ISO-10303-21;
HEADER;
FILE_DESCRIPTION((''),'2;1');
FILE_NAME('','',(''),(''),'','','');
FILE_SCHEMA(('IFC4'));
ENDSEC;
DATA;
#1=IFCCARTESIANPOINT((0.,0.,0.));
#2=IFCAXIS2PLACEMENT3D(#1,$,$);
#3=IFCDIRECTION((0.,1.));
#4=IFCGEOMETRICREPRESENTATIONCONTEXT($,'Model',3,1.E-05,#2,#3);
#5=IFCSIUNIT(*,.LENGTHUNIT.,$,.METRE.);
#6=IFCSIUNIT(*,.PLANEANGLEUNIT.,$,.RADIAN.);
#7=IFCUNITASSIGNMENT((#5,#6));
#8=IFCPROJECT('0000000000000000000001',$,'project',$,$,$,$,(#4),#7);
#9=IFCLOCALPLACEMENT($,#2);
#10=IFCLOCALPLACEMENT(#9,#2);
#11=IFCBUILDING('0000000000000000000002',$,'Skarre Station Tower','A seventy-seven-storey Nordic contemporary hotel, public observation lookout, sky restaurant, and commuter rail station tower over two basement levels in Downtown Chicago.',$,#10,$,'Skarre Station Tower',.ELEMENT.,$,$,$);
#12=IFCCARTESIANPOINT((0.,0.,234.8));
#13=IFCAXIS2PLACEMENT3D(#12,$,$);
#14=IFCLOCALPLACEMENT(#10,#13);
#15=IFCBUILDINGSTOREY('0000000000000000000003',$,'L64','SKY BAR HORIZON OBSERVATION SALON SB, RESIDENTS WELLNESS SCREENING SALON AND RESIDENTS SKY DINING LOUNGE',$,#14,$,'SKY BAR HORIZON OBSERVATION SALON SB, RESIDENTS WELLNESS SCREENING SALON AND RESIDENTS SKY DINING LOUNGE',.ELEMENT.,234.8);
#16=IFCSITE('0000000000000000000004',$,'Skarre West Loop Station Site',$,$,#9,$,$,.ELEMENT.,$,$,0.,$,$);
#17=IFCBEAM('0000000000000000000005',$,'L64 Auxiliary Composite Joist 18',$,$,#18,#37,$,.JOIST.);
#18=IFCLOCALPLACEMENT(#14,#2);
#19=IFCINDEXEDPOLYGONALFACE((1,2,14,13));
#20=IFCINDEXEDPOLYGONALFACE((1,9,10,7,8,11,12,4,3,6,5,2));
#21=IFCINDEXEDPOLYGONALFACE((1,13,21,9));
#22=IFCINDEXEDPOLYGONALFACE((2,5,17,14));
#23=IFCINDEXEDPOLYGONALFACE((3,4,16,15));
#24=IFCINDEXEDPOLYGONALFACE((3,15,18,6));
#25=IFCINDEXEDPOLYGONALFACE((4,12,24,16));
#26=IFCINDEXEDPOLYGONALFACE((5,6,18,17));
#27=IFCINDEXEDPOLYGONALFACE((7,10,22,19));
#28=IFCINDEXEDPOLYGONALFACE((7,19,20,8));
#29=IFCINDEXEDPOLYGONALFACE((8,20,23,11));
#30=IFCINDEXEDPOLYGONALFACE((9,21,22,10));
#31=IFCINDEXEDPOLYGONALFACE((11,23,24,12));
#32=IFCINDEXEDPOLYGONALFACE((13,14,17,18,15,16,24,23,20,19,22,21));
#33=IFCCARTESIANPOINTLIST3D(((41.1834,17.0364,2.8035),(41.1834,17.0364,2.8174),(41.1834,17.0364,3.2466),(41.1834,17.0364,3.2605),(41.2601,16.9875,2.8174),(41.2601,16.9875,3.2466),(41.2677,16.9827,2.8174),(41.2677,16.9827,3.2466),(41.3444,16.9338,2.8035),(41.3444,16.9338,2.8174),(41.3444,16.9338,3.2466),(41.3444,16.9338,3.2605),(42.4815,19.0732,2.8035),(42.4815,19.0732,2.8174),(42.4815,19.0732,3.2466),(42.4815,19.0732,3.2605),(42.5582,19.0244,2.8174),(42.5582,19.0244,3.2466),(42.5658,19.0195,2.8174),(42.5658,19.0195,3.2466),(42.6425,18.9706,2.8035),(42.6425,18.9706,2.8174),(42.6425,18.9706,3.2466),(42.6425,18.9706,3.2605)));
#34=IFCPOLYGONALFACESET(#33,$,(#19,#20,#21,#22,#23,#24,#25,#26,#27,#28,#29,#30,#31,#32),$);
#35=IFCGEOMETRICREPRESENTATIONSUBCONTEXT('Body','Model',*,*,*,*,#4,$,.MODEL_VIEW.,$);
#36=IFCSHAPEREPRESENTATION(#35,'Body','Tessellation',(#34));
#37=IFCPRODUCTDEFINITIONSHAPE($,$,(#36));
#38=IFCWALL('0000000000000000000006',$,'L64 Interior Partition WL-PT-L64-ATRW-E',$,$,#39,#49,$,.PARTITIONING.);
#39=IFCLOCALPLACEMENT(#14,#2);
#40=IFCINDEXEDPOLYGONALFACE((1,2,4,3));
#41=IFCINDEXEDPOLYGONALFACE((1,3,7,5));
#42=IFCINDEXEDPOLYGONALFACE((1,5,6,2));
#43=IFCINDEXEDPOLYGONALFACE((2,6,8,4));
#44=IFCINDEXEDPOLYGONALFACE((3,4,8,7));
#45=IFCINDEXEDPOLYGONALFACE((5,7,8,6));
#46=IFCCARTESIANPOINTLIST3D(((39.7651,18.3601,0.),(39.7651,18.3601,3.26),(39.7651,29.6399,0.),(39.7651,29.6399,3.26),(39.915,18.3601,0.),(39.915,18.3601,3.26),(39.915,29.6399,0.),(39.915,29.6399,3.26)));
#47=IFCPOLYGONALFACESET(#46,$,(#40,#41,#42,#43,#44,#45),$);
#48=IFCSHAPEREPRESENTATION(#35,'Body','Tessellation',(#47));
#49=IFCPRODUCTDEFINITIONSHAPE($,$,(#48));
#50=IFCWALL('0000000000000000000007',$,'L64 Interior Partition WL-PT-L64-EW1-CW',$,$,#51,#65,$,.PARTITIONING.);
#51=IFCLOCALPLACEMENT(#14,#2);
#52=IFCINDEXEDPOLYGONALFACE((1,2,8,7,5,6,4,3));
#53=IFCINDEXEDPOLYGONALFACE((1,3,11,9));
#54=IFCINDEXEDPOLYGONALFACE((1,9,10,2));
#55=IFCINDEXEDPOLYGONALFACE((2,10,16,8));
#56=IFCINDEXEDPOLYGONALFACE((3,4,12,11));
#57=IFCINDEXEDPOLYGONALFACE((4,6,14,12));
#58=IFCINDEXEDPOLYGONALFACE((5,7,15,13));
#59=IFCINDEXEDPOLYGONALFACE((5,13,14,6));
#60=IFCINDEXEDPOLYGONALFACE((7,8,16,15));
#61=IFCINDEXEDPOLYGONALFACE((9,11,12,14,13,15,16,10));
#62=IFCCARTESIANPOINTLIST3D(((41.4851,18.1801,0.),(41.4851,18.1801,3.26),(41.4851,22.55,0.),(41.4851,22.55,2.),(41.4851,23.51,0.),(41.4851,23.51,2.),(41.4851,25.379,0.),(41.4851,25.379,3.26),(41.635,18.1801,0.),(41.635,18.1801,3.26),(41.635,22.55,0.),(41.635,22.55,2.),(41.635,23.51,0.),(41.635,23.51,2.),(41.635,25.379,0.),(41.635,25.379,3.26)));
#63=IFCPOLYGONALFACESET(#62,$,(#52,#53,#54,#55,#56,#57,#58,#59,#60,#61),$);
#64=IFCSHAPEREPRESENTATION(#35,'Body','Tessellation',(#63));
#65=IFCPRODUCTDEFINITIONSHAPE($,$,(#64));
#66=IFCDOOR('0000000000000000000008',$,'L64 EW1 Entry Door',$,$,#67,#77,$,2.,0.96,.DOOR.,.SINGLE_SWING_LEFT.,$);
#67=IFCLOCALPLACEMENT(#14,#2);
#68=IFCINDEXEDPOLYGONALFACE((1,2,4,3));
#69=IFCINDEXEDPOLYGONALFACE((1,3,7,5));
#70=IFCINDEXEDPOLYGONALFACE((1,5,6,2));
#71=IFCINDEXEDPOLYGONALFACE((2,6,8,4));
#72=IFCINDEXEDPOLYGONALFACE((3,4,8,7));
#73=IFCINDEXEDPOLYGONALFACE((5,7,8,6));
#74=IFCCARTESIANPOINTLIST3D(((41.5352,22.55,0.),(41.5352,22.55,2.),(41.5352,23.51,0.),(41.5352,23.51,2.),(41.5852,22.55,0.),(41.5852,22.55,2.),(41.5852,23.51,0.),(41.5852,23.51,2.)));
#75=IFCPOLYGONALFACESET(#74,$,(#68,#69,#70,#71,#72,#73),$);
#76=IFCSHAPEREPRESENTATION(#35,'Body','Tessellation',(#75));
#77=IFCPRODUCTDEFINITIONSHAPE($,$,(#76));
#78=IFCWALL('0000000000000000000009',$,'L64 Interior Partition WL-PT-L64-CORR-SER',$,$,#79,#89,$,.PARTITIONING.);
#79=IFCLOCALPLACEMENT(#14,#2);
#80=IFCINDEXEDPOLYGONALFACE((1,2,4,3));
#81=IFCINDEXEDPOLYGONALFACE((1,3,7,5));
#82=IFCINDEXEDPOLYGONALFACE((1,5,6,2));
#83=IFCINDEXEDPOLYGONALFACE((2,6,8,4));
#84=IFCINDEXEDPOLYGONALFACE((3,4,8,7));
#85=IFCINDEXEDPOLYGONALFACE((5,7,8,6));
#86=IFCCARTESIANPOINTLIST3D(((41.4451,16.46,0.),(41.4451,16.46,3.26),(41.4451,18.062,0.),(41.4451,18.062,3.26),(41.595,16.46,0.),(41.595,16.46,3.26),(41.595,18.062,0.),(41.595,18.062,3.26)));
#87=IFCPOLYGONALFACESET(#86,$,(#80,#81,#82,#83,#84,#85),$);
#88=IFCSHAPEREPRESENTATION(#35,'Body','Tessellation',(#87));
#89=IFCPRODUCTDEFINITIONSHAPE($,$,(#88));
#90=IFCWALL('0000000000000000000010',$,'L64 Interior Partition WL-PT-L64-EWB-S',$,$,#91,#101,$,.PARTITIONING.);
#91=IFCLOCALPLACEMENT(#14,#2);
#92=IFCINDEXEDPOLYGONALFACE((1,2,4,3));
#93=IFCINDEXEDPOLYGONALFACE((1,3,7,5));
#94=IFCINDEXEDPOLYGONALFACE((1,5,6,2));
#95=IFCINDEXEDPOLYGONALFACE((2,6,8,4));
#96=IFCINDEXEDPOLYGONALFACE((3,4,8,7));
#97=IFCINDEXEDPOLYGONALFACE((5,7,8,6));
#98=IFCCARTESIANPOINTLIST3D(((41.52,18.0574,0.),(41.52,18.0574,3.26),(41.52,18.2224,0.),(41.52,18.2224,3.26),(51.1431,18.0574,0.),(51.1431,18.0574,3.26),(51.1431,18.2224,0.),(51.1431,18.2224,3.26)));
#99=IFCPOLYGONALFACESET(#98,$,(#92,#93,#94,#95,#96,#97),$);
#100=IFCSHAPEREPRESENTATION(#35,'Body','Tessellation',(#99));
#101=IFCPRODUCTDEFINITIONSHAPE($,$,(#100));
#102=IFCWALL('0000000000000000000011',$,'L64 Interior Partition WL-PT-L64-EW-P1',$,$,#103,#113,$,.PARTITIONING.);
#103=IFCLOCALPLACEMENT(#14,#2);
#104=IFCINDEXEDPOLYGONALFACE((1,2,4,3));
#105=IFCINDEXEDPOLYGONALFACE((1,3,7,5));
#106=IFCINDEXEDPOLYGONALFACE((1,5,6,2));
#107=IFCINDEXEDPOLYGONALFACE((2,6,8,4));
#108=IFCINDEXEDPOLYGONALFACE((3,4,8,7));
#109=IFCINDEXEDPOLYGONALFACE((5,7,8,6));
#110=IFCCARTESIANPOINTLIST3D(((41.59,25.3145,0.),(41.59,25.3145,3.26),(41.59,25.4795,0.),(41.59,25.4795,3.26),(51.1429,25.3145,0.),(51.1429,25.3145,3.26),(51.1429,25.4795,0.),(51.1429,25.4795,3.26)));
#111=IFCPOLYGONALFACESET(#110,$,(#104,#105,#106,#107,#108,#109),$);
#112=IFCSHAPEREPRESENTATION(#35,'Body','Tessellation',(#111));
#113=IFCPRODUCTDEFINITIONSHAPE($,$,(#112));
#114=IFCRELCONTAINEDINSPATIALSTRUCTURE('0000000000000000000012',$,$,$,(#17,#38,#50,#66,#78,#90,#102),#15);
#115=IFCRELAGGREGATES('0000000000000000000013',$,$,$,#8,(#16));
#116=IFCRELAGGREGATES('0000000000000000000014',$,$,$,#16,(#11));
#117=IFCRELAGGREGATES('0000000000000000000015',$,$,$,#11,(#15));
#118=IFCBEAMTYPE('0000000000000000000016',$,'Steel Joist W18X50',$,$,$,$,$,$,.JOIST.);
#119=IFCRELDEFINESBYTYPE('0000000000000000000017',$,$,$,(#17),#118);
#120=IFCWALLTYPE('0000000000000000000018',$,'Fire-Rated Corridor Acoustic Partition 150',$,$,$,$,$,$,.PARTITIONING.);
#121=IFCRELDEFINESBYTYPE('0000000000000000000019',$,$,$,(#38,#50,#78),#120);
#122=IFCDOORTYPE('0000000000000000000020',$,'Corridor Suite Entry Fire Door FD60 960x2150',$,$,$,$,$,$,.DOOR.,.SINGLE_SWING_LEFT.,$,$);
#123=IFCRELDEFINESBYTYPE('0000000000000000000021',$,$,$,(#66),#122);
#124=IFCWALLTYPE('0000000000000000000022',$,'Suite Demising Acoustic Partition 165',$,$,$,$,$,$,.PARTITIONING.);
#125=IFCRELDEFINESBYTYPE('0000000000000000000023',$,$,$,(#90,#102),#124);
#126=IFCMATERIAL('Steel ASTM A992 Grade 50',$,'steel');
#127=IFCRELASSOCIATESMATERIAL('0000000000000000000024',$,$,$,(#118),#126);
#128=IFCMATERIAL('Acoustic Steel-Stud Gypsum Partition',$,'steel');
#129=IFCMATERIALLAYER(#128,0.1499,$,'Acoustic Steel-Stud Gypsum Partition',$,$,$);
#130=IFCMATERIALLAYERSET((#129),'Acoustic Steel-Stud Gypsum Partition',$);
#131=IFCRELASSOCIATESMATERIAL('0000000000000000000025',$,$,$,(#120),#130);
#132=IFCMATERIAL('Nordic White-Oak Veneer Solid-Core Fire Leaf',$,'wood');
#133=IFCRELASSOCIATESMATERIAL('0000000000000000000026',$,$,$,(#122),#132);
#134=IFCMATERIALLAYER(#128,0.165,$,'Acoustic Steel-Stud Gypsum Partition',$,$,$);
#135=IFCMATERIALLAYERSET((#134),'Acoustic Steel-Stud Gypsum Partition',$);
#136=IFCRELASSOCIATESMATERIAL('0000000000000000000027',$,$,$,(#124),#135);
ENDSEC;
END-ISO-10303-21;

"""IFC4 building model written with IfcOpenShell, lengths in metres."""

from ifc_helpers import new_model, si_unit, direction, frame, frame_2d, origin, origin_2d, place, context, subcontext, project, spatial, rectangle, i_section, extrude, material, layer, layer_set, material_profile, profile_set, type_object, element, fill, save


model = new_model("IFC4")

# Units and contexts
model_context = context("Model", 3, precision=1e-05, world=origin(), true_north=direction((0.0, 1.0)))
body_context = subcontext(model_context, "Body", "Model", "MODEL_VIEW")
ifc_project = project(units=[si_unit("LENGTHUNIT", "METRE"), si_unit("PLANEANGLEUNIT", "RADIAN")], contexts=[model_context])

# Site, building, storey
site_placement = place(None, origin())
site = spatial("IfcSite", under=ifc_project, at=site_placement, Name="Skarre West Loop Station Site", CompositionType="ELEMENT", RefElevation=0.0)
building_placement = place(site_placement, origin())
building = spatial("IfcBuilding", under=site, at=building_placement, Name="Skarre Station Tower", Description="A seventy-seven-storey Nordic contemporary hotel, public observation lookout, sky restaurant, and commuter rail station tower over two basement levels in Downtown Chicago.", LongName="Skarre Station Tower", CompositionType="ELEMENT")
storey_placement = place(building_placement, frame((0.0, 0.0, 234.8)))
storey = spatial("IfcBuildingStorey", under=building, at=storey_placement, Name="L64", Description="SKY BAR HORIZON OBSERVATION SALON SB, RESIDENTS WELLNESS SCREENING SALON AND RESIDENTS SKY DINING LOUNGE", LongName="SKY BAR HORIZON OBSERVATION SALON SB, RESIDENTS WELLNESS SCREENING SALON AND RESIDENTS SKY DINING LOUNGE", CompositionType="ELEMENT", Elevation=234.8)

# Beam
ifc_material_1 = material(Name="Steel ASTM A992 Grade 50", Category="steel")
ifc_material_profile_1 = material_profile(ifc_material_1, i_section(OverallWidth=0.1909, OverallDepth=0.457, WebThickness=0.009, FlangeThickness=0.0139, at=origin_2d()), Name="Steel ASTM A992 Grade 50")
ifc_profile_set_1 = profile_set([ifc_material_profile_1], Name="Steel ASTM A992 Grade 50")
beam_type_1 = type_object("IfcBeamType", Name="Steel Joist W18X50", PredefinedType="JOIST", material=ifc_profile_set_1)
beam_1_placement = place(storey_placement, frame((41.2639, 16.9851, 3.032), z_axis=(0.537438, 0.843303, 0.0), x_axis=(-0.843303, 0.537438, 0.0)))
element("IfcBeam", 1, at=beam_1_placement, inside=storey, type_object=beam_type_1, Name="L64 Auxiliary Composite Joist 18", PredefinedType="JOIST", context=body_context, shape_type="SweptSolid", body=[
    extrude(i_section(OverallWidth=0.1909, OverallDepth=0.457, WebThickness=0.009, FlangeThickness=0.0139, at=origin_2d()), origin(), (0.0, 0.0, 1.0), 2.4153),
])

# Wall
ifc_material_2 = material(Name="Acoustic Steel-Stud Gypsum Partition", Category="steel")
ifc_layer_1 = layer(ifc_material_2, 0.1499, Name="Acoustic Steel-Stud Gypsum Partition")
ifc_layer_set_1 = layer_set([ifc_layer_1], Name="Acoustic Steel-Stud Gypsum Partition")
wall_type_1 = type_object("IfcWallType", Name="Fire-Rated Corridor Acoustic Partition 150", PredefinedType="PARTITIONING", material=ifc_layer_set_1)
wall_1_placement = place(storey_placement, frame((39.8401, 18.3601, 0.0), z_axis=(0.0, 0.0, 1.0), x_axis=(0.0, 1.0, 0.0)))
element("IfcWall", 2, at=wall_1_placement, inside=storey, type_object=wall_type_1, Name="L64 Interior Partition WL-PT-L64-ATRW-E", PredefinedType="PARTITIONING", context=body_context, shape_type="SweptSolid", body=[
    extrude(rectangle(XDim=11.2798, YDim=0.1499, at=frame_2d((5.6399, 0.0))), origin(), (0.0, 0.0, 1.0), 3.26),
])

# Wall, opening, door
wall_2_placement = place(storey_placement, frame((41.5601, 18.1799, 0.0), z_axis=(0.0, 0.0, 1.0), x_axis=(0.0, 1.0, 0.0)))
wall_2 = element("IfcWall", 3, at=wall_2_placement, inside=storey, type_object=wall_type_1, Name="L64 Interior Partition WL-PT-L64-EW1-CW", PredefinedType="PARTITIONING", context=body_context, shape_type="SweptSolid", body=[
    extrude(rectangle(XDim=7.199, YDim=0.1499, at=frame_2d((3.5996, 0.0))), origin(), (0.0, 0.0, 1.0), 3.26),
])
opening_placement = place(wall_2_placement, frame((4.3701, 0.0, 0.0)))
opening = element("IfcOpeningElement", 4, at=opening_placement, cuts=wall_2, PredefinedType="OPENING", context=body_context, shape_type="SweptSolid", body=[
    extrude(rectangle(XDim=0.96, YDim=2.0, at=frame_2d((0.48, 1.0))), frame((0.0, 0.085, 0.0), z_axis=(0.0, -1.0, 0.0), x_axis=(1.0, 0.0, 0.0)), (0.0, 0.0, 1.0), 0.1699),
])
ifc_material_3 = material(Name="Nordic White-Oak Veneer Solid-Core Fire Leaf", Category="wood")
door_type = type_object("IfcDoorType", Name="Corridor Suite Entry Fire Door FD60 960x2150", OperationType="SINGLE_SWING_LEFT", PredefinedType="DOOR", material=ifc_material_3)
door_placement = place(opening_placement, origin())
door = element("IfcDoor", 5, at=door_placement, inside=storey, type_object=door_type, Name="L64 EW1 Entry Door", OperationType="SINGLE_SWING_LEFT", OverallHeight=2.0, OverallWidth=0.96, PredefinedType="DOOR", context=body_context, shape_type="SweptSolid", body=[
    extrude(rectangle(XDim=0.96, YDim=2.0, at=frame_2d((0.48, 1.0))), frame((0.0, 0.0249, 0.0), z_axis=(0.0, -1.0, 0.0), x_axis=(1.0, 0.0, 0.0)), (0.0, 0.0, 1.0), 0.05),
])
fill(opening, door)

# Walls
wall_3_placement = place(storey_placement, frame((41.52, 16.46, 0.0), z_axis=(0.0, 0.0, 1.0), x_axis=(0.0, 1.0, 0.0)))
element("IfcWall", 6, at=wall_3_placement, inside=storey, type_object=wall_type_1, Name="L64 Interior Partition WL-PT-L64-CORR-SER", PredefinedType="PARTITIONING", context=body_context, shape_type="SweptSolid", body=[
    extrude(rectangle(XDim=1.6021, YDim=0.1499, at=frame_2d((0.801, 0.0))), origin(), (0.0, 0.0, 1.0), 3.26),
])
ifc_layer_2 = layer(ifc_material_2, 0.165, Name="Acoustic Steel-Stud Gypsum Partition")
ifc_layer_set_2 = layer_set([ifc_layer_2], Name="Acoustic Steel-Stud Gypsum Partition")
wall_type_2 = type_object("IfcWallType", Name="Suite Demising Acoustic Partition 165", PredefinedType="PARTITIONING", material=ifc_layer_set_2)
wall_4_placement = place(storey_placement, frame((41.52, 18.1399, 0.0), z_axis=(0.0, 0.0, 1.0), x_axis=(1.0, 0.0, 0.0)))
element("IfcWall", 7, at=wall_4_placement, inside=storey, type_object=wall_type_2, Name="L64 Interior Partition WL-PT-L64-EWB-S", PredefinedType="PARTITIONING", context=body_context, shape_type="SweptSolid", body=[
    extrude(rectangle(XDim=9.623, YDim=0.165, at=frame_2d((4.8115, 0.0))), origin(), (0.0, 0.0, 1.0), 3.26),
])
wall_5_placement = place(storey_placement, frame((41.5901, 25.397, 0.0), z_axis=(0.0, 0.0, 1.0), x_axis=(1.0, 0.0, 0.0)))
element("IfcWall", 8, at=wall_5_placement, inside=storey, type_object=wall_type_2, Name="L64 Interior Partition WL-PT-L64-EW-P1", PredefinedType="PARTITIONING", context=body_context, shape_type="SweptSolid", body=[
    extrude(rectangle(XDim=9.553, YDim=0.165, at=frame_2d((4.7764, 0.0))), origin(), (0.0, 0.0, 1.0), 3.26),
])

save(model, "model.ifc")
